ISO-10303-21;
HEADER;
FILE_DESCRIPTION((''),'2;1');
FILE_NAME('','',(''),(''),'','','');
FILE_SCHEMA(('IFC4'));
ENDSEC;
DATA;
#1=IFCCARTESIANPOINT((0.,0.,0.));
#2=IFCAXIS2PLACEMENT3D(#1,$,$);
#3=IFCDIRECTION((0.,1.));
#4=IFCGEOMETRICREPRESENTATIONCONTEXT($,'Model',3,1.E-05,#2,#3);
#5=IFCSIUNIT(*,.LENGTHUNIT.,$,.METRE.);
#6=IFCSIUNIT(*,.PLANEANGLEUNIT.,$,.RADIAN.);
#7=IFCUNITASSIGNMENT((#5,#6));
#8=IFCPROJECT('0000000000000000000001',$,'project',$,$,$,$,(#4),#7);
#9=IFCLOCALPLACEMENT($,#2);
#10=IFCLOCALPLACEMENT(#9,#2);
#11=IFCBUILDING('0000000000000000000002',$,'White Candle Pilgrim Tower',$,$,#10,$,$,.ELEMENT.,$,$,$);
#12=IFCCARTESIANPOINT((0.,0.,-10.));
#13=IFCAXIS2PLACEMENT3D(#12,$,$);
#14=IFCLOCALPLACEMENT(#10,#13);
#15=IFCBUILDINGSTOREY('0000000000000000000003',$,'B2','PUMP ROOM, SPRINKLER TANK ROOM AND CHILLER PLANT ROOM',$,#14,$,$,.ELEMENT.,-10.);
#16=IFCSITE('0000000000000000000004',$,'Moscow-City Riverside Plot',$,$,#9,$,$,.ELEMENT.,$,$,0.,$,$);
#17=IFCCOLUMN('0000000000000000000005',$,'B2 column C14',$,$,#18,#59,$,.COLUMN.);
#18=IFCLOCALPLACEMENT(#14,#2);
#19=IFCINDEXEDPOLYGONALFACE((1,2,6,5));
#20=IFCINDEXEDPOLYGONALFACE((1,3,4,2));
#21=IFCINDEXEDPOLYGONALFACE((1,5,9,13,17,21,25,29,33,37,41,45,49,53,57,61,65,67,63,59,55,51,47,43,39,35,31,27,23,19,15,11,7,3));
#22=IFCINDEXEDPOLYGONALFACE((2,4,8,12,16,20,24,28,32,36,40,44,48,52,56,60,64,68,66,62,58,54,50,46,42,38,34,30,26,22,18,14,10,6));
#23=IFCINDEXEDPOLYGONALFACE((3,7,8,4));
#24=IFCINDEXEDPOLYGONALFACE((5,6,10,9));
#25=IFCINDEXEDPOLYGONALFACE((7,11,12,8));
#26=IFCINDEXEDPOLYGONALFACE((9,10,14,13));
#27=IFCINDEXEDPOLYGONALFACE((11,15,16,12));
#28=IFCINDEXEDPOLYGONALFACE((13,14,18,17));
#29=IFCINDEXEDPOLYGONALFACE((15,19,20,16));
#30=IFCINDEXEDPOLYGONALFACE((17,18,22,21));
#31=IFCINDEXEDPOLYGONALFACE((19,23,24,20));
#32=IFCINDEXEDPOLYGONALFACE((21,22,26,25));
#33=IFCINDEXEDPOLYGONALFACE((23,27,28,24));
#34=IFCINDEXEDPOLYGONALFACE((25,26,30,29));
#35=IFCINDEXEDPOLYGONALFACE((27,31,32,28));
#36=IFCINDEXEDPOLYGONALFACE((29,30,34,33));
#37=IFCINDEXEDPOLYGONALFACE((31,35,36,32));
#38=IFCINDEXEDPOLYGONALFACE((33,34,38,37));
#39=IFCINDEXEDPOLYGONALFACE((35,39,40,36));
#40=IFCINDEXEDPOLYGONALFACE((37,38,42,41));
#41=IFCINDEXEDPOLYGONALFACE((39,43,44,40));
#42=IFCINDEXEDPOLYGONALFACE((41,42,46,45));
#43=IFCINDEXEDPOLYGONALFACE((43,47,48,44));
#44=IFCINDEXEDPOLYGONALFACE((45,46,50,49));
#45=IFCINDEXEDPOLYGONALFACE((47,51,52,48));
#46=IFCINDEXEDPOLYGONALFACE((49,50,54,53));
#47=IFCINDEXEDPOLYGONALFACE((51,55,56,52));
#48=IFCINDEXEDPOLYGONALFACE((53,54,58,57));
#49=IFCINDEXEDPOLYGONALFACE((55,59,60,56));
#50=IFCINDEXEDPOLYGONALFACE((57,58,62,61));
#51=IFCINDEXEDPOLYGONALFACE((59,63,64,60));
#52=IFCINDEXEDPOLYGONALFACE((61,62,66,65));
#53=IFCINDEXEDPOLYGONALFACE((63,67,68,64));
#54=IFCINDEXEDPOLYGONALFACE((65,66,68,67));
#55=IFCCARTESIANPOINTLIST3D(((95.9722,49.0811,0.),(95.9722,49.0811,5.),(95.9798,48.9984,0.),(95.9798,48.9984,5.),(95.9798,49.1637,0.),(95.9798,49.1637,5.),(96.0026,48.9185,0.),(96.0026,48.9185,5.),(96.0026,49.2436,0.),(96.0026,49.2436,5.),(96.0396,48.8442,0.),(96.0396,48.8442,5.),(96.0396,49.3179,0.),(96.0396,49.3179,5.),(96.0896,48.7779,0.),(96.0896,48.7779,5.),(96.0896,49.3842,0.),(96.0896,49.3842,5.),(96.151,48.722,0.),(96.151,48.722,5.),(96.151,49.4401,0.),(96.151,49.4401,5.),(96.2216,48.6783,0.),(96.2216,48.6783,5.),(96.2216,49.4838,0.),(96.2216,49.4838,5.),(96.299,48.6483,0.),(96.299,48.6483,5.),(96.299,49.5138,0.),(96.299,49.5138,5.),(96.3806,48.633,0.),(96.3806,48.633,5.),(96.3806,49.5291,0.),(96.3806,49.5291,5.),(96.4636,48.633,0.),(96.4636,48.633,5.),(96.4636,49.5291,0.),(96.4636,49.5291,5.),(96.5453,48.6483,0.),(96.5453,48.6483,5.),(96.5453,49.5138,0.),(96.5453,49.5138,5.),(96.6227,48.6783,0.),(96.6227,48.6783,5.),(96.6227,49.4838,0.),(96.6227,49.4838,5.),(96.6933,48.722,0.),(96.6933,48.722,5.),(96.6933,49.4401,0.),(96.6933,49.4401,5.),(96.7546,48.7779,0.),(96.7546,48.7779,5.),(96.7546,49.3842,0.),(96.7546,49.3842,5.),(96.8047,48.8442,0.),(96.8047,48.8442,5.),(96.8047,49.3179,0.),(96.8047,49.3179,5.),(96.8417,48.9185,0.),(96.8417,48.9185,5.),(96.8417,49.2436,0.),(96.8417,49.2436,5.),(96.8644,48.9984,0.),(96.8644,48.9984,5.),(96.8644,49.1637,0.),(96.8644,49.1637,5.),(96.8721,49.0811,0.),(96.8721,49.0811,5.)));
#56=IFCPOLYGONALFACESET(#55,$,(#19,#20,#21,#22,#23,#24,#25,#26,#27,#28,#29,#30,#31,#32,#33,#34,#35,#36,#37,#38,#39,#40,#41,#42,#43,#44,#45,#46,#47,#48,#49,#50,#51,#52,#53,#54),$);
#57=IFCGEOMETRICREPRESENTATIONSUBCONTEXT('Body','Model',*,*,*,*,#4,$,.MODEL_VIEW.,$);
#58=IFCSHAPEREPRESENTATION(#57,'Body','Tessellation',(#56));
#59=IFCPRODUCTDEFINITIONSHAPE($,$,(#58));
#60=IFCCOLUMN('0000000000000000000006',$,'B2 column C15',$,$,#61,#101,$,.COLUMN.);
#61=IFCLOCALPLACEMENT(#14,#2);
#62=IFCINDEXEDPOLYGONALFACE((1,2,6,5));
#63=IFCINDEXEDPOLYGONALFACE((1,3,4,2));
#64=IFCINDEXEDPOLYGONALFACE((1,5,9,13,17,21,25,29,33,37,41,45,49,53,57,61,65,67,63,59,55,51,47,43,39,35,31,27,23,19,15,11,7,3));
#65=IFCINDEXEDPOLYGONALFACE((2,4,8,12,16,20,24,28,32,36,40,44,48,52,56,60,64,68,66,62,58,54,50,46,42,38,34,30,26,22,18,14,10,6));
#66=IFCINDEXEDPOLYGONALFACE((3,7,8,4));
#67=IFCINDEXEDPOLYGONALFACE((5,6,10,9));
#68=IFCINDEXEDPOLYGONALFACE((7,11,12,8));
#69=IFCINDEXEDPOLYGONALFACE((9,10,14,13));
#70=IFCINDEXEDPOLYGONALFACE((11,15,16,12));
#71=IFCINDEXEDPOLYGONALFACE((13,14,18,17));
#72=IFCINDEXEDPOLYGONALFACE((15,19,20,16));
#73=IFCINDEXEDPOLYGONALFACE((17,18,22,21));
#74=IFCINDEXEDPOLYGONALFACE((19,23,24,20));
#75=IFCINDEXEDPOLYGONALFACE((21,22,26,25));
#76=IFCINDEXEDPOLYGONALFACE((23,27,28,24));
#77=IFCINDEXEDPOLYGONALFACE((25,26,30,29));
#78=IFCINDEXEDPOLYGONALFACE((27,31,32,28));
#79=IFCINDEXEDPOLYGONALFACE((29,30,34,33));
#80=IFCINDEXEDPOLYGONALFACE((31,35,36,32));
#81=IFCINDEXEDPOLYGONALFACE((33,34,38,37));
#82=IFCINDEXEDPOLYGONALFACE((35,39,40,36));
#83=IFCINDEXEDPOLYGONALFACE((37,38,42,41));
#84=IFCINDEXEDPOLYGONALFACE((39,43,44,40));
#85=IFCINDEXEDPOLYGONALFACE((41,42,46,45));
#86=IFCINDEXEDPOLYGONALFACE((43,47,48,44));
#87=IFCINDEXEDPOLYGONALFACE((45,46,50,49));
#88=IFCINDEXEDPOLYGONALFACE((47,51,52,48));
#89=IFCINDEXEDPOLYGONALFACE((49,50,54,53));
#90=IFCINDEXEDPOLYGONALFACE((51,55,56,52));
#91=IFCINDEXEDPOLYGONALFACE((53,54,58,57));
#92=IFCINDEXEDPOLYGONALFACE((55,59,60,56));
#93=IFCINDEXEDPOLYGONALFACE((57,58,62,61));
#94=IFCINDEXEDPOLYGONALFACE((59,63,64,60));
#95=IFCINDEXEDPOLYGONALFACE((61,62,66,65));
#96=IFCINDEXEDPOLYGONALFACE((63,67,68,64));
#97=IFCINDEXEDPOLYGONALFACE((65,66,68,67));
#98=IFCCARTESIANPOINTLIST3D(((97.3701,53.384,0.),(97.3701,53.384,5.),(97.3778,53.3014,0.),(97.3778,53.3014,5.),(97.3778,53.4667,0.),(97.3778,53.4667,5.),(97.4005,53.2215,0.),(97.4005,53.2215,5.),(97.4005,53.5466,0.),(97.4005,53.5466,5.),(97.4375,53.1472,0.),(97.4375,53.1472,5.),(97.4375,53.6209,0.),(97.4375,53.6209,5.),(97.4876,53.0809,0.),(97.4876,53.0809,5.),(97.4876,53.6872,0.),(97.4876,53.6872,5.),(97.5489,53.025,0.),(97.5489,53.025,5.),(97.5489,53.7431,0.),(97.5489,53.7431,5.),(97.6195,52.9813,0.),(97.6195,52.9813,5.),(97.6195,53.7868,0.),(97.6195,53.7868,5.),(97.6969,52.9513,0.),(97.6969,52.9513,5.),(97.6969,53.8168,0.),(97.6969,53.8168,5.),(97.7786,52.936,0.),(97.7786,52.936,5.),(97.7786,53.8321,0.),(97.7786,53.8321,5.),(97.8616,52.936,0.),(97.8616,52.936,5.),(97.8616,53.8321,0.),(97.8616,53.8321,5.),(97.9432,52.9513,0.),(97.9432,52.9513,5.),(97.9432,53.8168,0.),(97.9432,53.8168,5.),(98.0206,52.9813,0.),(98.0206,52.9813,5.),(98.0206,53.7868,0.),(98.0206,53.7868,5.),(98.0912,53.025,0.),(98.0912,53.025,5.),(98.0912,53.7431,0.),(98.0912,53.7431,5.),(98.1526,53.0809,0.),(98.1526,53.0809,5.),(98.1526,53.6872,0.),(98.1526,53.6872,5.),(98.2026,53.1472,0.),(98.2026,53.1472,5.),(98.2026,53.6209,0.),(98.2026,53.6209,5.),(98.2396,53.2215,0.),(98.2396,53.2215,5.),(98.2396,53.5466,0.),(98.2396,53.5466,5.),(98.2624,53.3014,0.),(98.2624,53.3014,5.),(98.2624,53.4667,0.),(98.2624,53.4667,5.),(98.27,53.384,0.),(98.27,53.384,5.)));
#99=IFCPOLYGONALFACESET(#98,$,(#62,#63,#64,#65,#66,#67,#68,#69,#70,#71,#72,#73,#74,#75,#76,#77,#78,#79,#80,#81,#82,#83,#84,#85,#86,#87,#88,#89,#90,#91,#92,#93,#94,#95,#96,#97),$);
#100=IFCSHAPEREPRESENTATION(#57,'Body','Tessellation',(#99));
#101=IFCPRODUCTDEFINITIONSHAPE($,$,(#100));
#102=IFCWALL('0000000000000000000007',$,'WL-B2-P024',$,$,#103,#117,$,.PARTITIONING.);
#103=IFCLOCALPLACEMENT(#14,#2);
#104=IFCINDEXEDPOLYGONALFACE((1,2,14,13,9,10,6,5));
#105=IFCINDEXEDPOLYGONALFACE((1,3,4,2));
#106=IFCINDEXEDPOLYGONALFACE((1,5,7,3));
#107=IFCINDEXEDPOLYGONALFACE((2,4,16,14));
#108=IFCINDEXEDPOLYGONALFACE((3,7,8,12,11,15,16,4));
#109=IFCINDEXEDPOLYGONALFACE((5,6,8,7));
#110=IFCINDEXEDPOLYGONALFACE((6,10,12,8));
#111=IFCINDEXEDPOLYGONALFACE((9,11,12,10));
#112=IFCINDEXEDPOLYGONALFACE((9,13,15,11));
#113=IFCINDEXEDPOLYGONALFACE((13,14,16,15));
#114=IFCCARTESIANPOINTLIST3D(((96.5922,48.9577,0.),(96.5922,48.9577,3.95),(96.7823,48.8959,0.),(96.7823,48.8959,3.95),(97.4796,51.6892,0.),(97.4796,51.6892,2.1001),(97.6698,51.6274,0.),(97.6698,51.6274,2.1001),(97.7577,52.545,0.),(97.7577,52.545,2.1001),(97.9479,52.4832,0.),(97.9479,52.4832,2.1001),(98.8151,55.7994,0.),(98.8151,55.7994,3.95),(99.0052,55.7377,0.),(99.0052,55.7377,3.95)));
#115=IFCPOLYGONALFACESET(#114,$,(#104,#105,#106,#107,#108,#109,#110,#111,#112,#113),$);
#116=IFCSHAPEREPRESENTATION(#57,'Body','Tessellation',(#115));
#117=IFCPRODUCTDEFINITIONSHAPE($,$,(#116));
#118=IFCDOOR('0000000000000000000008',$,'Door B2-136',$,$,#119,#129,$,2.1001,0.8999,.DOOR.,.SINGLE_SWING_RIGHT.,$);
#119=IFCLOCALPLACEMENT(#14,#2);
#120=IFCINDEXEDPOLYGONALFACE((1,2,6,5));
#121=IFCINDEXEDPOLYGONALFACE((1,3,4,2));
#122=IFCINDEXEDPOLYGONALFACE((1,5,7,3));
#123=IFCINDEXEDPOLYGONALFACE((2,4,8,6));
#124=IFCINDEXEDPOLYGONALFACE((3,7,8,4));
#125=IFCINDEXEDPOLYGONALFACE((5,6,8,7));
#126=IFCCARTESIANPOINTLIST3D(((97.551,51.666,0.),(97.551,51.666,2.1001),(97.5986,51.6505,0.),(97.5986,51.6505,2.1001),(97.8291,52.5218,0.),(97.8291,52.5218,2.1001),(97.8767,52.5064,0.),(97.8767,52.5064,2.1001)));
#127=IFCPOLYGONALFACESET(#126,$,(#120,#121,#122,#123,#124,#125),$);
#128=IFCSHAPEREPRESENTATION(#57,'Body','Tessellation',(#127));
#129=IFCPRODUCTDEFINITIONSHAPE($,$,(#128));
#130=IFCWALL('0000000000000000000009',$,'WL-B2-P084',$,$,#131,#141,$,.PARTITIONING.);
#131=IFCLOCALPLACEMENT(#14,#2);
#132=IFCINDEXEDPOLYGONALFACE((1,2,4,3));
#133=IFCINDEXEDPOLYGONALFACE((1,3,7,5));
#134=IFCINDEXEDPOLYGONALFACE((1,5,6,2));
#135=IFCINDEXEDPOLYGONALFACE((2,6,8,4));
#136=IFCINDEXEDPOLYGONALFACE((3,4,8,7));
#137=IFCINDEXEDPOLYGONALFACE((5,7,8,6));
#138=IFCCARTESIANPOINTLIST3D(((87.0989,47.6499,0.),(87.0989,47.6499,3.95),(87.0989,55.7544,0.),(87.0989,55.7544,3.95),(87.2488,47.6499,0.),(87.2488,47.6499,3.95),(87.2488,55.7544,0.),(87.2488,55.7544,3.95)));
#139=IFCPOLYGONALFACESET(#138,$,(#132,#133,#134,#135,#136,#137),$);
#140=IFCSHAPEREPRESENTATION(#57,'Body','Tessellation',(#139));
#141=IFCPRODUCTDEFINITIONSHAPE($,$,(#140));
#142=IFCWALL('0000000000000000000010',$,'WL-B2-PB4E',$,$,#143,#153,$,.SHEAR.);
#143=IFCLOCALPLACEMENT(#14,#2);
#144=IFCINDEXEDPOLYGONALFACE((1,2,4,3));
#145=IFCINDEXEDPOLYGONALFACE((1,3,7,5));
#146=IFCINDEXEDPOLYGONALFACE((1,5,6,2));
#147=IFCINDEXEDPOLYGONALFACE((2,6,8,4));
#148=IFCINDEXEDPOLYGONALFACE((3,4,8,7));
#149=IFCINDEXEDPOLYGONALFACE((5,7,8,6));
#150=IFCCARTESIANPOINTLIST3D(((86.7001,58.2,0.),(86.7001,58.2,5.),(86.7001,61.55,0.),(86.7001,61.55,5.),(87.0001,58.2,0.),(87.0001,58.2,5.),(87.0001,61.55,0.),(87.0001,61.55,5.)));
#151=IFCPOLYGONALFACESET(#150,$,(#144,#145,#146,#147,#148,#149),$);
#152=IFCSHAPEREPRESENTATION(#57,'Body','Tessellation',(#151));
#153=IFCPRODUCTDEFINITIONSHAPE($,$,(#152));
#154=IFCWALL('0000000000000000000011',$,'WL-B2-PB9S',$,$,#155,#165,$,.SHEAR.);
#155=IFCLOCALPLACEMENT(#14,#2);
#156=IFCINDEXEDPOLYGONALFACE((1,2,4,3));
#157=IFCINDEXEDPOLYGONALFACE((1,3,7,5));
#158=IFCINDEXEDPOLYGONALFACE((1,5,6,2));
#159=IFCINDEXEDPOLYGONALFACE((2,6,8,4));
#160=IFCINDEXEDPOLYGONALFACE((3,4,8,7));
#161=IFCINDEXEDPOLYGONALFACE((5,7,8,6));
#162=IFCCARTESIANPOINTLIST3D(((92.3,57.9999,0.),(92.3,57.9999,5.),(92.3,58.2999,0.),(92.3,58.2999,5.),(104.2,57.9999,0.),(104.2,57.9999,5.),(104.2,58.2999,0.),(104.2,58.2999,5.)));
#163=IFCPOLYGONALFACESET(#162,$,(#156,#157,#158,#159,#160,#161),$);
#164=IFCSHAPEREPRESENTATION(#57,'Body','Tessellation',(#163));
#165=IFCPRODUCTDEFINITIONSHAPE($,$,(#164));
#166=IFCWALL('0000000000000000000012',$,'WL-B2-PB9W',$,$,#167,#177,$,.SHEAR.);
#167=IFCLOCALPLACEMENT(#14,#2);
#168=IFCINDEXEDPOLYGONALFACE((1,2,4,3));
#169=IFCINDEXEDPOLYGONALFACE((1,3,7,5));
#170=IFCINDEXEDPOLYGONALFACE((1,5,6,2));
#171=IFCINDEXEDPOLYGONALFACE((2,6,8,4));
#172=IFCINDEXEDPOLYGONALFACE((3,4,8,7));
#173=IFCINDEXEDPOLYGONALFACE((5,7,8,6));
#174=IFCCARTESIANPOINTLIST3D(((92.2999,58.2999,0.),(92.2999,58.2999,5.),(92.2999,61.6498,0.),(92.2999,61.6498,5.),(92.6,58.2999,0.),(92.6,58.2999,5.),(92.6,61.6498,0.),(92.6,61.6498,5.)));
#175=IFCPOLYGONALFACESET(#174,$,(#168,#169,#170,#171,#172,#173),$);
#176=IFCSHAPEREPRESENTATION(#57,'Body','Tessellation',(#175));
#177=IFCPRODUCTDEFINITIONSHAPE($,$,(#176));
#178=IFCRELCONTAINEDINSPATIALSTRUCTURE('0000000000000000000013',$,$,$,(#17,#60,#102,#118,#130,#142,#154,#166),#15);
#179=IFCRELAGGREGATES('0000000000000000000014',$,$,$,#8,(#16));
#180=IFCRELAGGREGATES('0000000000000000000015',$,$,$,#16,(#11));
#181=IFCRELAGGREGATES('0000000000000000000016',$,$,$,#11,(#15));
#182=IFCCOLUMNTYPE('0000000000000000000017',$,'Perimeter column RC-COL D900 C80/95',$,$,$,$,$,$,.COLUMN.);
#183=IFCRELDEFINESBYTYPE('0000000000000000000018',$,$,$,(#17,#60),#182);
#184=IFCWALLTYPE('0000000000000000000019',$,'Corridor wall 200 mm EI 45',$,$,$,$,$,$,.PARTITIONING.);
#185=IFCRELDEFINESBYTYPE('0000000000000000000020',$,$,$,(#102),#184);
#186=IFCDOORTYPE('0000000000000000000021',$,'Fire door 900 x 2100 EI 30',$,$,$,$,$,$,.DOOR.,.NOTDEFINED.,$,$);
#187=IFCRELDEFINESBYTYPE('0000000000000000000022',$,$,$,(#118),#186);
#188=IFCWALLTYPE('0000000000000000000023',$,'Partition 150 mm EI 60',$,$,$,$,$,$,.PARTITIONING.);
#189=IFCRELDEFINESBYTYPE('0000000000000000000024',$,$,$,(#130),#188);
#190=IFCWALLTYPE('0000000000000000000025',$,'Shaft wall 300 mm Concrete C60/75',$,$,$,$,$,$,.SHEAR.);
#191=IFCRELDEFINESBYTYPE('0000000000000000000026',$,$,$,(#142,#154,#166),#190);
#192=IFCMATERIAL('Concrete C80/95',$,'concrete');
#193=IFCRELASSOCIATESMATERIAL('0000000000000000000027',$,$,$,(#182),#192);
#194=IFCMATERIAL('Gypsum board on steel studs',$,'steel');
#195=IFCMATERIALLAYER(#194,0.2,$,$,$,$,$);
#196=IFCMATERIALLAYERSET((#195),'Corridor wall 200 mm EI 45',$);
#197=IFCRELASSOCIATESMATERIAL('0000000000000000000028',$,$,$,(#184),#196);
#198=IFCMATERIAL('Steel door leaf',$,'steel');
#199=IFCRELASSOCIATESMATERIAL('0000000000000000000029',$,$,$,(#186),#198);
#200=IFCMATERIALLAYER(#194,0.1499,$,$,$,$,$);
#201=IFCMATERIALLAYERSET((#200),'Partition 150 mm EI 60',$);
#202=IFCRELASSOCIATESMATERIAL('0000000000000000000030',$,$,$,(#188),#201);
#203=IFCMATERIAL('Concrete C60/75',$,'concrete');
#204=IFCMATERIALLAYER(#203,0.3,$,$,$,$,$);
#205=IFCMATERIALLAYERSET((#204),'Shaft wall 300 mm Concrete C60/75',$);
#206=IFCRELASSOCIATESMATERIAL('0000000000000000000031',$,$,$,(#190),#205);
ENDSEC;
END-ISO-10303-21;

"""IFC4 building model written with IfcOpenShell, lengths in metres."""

from ifc_helpers import new_model, si_unit, direction, frame, frame_2d, origin, origin_2d, place, context, subcontext, project, spatial, rectangle, circle, extrude, material, layer, layer_set, material_profile, profile_set, type_object, element, fill, save


model = new_model("IFC4")

# Units and contexts
model_context = context("Model", 3, precision=1e-05, world=origin(), true_north=direction((0.0, 1.0)))
body_context = subcontext(model_context, "Body", "Model", "MODEL_VIEW")
ifc_project = project(units=[si_unit("LENGTHUNIT", "METRE"), si_unit("PLANEANGLEUNIT", "RADIAN")], contexts=[model_context])

# Site, building, storey
site_placement = place(None, origin())
site = spatial("IfcSite", under=ifc_project, at=site_placement, Name="Moscow-City Riverside Plot", CompositionType="ELEMENT", RefElevation=0.0)
building_placement = place(site_placement, origin())
building = spatial("IfcBuilding", under=site, at=building_placement, Name="White Candle Pilgrim Tower", CompositionType="ELEMENT")
storey_placement = place(building_placement, frame((0.0, 0.0, -10.0)))
storey = spatial("IfcBuildingStorey", under=building, at=storey_placement, Name="B2", Description="PUMP ROOM, SPRINKLER TANK ROOM AND CHILLER PLANT ROOM", CompositionType="ELEMENT", Elevation=-10.0)

# Columns
ifc_material_1 = material(Name="Concrete C80/95", Category="concrete")
ifc_material_profile_1 = material_profile(ifc_material_1, circle(Radius=0.45, at=origin_2d()), Name="RC-COL D900")
ifc_profile_set_1 = profile_set([ifc_material_profile_1], Name="Concrete C80/95")
column_type_1 = type_object("IfcColumnType", Name="Perimeter column RC-COL D900 C80/95", PredefinedType="COLUMN", material=ifc_profile_set_1)
for number, where, z_axis, x_axis, name in (
    (1, (96.4221, 49.0811, 0.0), (0.0, 0.0, 1.0), (1.0, 0.0, 0.0), "B2 column C14"),
    (2, (97.8201, 53.384, 0.0), (0.0, 0.0, 1.0), (1.0, 0.0, 0.0), "B2 column C15"),
):
    element("IfcColumn", number, at=place(storey_placement, frame(where, z_axis=z_axis, x_axis=x_axis)), inside=storey, type_object=column_type_1, Name=name, PredefinedType="COLUMN", context=body_context, shape_type="SweptSolid", body=[
        extrude(circle(Radius=0.45, at=origin_2d()), origin(), (0.0, 0.0, 1.0), 5.0),
    ])

# Wall, opening, door
ifc_material_2 = material(Name="Gypsum board on steel studs", Category="steel")
ifc_layer_1 = layer(ifc_material_2, 0.2)
ifc_layer_set_1 = layer_set([ifc_layer_1], Name="Corridor wall 200 mm EI 45")
wall_type_1 = type_object("IfcWallType", Name="Corridor wall 200 mm EI 45", PredefinedType="PARTITIONING", material=ifc_layer_set_1)
wall_1_placement = place(storey_placement, frame((96.6873, 48.9268, 0.0), z_axis=(0.0, 0.0, 1.0), x_axis=(0.309, 0.951062, 0.0)))
wall_1 = element("IfcWall", 3, at=wall_1_placement, inside=storey, type_object=wall_type_1, Name="WL-B2-P024", PredefinedType="PARTITIONING", context=body_context, shape_type="SweptSolid", body=[
    extrude(rectangle(XDim=7.1938, YDim=0.2, at=frame_2d((3.5969, 0.0))), origin(), (0.0, 0.0, 1.0), 3.95),
])
opening_placement = place(wall_1_placement, frame((2.8721, 0.0, 0.0)))
opening = element("IfcOpeningElement", 4, at=opening_placement, cuts=wall_1, PredefinedType="OPENING", context=body_context, shape_type="SweptSolid", body=[
    extrude(rectangle(XDim=0.8999, YDim=2.1001, at=frame_2d((0.45, 1.05))), frame((0.0, 0.1099, 0.0), z_axis=(0.0, -1.0, 0.0), x_axis=(1.0, 0.0, 0.0)), (0.0, 0.0, 1.0), 0.22),
])
ifc_material_3 = material(Name="Steel door leaf", Category="steel")
door_type = type_object("IfcDoorType", Name="Fire door 900 x 2100 EI 30", OperationType="NOTDEFINED", PredefinedType="DOOR", material=ifc_material_3)
door_placement = place(opening_placement, origin())
door = element("IfcDoor", 5, at=door_placement, inside=storey, type_object=door_type, Name="Door B2-136", OperationType="SINGLE_SWING_RIGHT", OverallHeight=2.1001, OverallWidth=0.8999, PredefinedType="DOOR", context=body_context, shape_type="SweptSolid", body=[
    extrude(rectangle(XDim=0.8999, YDim=2.1001, at=frame_2d((0.45, 1.05))), frame((0.0, 0.0249, 0.0), z_axis=(0.0, -1.0, 0.0), x_axis=(1.0, 0.0, 0.0)), (0.0, 0.0, 1.0), 0.05),
])
fill(opening, door)

# Walls
ifc_layer_2 = layer(ifc_material_2, 0.1499)
ifc_layer_set_2 = layer_set([ifc_layer_2], Name="Partition 150 mm EI 60")
wall_type_2 = type_object("IfcWallType", Name="Partition 150 mm EI 60", PredefinedType="PARTITIONING", material=ifc_layer_set_2)
wall_2_placement = place(storey_placement, frame((87.1738, 47.6499, 0.0), z_axis=(0.0, 0.0, 1.0), x_axis=(0.0, 1.0, 0.0)))
element("IfcWall", 6, at=wall_2_placement, inside=storey, type_object=wall_type_2, Name="WL-B2-P084", PredefinedType="PARTITIONING", context=body_context, shape_type="SweptSolid", body=[
    extrude(rectangle(XDim=8.1045, YDim=0.1499, at=frame_2d((4.0522, 0.0))), origin(), (0.0, 0.0, 1.0), 3.95),
])
ifc_material_4 = material(Name="Concrete C60/75", Category="concrete")
ifc_layer_3 = layer(ifc_material_4, 0.3)
ifc_layer_set_3 = layer_set([ifc_layer_3], Name="Shaft wall 300 mm Concrete C60/75")
wall_type_3 = type_object("IfcWallType", Name="Shaft wall 300 mm Concrete C60/75", PredefinedType="SHEAR", material=ifc_layer_set_3)
wall_3_placement = place(storey_placement, frame((86.8501, 58.2, 0.0), z_axis=(0.0, 0.0, 1.0), x_axis=(0.0, 1.0, 0.0)))
element("IfcWall", 7, at=wall_3_placement, inside=storey, type_object=wall_type_3, Name="WL-B2-PB4E", PredefinedType="SHEAR", context=body_context, shape_type="SweptSolid", body=[
    extrude(rectangle(XDim=3.3501, YDim=0.3, at=frame_2d((1.675, 0.0))), origin(), (0.0, 0.0, 1.0), 5.0),
])
wall_4_placement = place(storey_placement, frame((92.3, 58.1499, 0.0), z_axis=(0.0, 0.0, 1.0), x_axis=(1.0, 0.0, 0.0)))
element("IfcWall", 8, at=wall_4_placement, inside=storey, type_object=wall_type_3, Name="WL-B2-PB9S", PredefinedType="SHEAR", context=body_context, shape_type="SweptSolid", body=[
    extrude(rectangle(XDim=11.8999, YDim=0.3, at=frame_2d((5.95, 0.0))), origin(), (0.0, 0.0, 1.0), 5.0),
])
wall_5_placement = place(storey_placement, frame((92.45, 58.3, 0.0), z_axis=(0.0, 0.0, 1.0), x_axis=(0.0, 1.0, 0.0)))
element("IfcWall", 9, at=wall_5_placement, inside=storey, type_object=wall_type_3, Name="WL-B2-PB9W", PredefinedType="SHEAR", context=body_context, shape_type="SweptSolid", body=[
    extrude(rectangle(XDim=3.3499, YDim=0.3, at=frame_2d((1.6748, 0.0))), origin(), (0.0, 0.0, 1.0), 5.0),
])

save(model, "model.ifc")
